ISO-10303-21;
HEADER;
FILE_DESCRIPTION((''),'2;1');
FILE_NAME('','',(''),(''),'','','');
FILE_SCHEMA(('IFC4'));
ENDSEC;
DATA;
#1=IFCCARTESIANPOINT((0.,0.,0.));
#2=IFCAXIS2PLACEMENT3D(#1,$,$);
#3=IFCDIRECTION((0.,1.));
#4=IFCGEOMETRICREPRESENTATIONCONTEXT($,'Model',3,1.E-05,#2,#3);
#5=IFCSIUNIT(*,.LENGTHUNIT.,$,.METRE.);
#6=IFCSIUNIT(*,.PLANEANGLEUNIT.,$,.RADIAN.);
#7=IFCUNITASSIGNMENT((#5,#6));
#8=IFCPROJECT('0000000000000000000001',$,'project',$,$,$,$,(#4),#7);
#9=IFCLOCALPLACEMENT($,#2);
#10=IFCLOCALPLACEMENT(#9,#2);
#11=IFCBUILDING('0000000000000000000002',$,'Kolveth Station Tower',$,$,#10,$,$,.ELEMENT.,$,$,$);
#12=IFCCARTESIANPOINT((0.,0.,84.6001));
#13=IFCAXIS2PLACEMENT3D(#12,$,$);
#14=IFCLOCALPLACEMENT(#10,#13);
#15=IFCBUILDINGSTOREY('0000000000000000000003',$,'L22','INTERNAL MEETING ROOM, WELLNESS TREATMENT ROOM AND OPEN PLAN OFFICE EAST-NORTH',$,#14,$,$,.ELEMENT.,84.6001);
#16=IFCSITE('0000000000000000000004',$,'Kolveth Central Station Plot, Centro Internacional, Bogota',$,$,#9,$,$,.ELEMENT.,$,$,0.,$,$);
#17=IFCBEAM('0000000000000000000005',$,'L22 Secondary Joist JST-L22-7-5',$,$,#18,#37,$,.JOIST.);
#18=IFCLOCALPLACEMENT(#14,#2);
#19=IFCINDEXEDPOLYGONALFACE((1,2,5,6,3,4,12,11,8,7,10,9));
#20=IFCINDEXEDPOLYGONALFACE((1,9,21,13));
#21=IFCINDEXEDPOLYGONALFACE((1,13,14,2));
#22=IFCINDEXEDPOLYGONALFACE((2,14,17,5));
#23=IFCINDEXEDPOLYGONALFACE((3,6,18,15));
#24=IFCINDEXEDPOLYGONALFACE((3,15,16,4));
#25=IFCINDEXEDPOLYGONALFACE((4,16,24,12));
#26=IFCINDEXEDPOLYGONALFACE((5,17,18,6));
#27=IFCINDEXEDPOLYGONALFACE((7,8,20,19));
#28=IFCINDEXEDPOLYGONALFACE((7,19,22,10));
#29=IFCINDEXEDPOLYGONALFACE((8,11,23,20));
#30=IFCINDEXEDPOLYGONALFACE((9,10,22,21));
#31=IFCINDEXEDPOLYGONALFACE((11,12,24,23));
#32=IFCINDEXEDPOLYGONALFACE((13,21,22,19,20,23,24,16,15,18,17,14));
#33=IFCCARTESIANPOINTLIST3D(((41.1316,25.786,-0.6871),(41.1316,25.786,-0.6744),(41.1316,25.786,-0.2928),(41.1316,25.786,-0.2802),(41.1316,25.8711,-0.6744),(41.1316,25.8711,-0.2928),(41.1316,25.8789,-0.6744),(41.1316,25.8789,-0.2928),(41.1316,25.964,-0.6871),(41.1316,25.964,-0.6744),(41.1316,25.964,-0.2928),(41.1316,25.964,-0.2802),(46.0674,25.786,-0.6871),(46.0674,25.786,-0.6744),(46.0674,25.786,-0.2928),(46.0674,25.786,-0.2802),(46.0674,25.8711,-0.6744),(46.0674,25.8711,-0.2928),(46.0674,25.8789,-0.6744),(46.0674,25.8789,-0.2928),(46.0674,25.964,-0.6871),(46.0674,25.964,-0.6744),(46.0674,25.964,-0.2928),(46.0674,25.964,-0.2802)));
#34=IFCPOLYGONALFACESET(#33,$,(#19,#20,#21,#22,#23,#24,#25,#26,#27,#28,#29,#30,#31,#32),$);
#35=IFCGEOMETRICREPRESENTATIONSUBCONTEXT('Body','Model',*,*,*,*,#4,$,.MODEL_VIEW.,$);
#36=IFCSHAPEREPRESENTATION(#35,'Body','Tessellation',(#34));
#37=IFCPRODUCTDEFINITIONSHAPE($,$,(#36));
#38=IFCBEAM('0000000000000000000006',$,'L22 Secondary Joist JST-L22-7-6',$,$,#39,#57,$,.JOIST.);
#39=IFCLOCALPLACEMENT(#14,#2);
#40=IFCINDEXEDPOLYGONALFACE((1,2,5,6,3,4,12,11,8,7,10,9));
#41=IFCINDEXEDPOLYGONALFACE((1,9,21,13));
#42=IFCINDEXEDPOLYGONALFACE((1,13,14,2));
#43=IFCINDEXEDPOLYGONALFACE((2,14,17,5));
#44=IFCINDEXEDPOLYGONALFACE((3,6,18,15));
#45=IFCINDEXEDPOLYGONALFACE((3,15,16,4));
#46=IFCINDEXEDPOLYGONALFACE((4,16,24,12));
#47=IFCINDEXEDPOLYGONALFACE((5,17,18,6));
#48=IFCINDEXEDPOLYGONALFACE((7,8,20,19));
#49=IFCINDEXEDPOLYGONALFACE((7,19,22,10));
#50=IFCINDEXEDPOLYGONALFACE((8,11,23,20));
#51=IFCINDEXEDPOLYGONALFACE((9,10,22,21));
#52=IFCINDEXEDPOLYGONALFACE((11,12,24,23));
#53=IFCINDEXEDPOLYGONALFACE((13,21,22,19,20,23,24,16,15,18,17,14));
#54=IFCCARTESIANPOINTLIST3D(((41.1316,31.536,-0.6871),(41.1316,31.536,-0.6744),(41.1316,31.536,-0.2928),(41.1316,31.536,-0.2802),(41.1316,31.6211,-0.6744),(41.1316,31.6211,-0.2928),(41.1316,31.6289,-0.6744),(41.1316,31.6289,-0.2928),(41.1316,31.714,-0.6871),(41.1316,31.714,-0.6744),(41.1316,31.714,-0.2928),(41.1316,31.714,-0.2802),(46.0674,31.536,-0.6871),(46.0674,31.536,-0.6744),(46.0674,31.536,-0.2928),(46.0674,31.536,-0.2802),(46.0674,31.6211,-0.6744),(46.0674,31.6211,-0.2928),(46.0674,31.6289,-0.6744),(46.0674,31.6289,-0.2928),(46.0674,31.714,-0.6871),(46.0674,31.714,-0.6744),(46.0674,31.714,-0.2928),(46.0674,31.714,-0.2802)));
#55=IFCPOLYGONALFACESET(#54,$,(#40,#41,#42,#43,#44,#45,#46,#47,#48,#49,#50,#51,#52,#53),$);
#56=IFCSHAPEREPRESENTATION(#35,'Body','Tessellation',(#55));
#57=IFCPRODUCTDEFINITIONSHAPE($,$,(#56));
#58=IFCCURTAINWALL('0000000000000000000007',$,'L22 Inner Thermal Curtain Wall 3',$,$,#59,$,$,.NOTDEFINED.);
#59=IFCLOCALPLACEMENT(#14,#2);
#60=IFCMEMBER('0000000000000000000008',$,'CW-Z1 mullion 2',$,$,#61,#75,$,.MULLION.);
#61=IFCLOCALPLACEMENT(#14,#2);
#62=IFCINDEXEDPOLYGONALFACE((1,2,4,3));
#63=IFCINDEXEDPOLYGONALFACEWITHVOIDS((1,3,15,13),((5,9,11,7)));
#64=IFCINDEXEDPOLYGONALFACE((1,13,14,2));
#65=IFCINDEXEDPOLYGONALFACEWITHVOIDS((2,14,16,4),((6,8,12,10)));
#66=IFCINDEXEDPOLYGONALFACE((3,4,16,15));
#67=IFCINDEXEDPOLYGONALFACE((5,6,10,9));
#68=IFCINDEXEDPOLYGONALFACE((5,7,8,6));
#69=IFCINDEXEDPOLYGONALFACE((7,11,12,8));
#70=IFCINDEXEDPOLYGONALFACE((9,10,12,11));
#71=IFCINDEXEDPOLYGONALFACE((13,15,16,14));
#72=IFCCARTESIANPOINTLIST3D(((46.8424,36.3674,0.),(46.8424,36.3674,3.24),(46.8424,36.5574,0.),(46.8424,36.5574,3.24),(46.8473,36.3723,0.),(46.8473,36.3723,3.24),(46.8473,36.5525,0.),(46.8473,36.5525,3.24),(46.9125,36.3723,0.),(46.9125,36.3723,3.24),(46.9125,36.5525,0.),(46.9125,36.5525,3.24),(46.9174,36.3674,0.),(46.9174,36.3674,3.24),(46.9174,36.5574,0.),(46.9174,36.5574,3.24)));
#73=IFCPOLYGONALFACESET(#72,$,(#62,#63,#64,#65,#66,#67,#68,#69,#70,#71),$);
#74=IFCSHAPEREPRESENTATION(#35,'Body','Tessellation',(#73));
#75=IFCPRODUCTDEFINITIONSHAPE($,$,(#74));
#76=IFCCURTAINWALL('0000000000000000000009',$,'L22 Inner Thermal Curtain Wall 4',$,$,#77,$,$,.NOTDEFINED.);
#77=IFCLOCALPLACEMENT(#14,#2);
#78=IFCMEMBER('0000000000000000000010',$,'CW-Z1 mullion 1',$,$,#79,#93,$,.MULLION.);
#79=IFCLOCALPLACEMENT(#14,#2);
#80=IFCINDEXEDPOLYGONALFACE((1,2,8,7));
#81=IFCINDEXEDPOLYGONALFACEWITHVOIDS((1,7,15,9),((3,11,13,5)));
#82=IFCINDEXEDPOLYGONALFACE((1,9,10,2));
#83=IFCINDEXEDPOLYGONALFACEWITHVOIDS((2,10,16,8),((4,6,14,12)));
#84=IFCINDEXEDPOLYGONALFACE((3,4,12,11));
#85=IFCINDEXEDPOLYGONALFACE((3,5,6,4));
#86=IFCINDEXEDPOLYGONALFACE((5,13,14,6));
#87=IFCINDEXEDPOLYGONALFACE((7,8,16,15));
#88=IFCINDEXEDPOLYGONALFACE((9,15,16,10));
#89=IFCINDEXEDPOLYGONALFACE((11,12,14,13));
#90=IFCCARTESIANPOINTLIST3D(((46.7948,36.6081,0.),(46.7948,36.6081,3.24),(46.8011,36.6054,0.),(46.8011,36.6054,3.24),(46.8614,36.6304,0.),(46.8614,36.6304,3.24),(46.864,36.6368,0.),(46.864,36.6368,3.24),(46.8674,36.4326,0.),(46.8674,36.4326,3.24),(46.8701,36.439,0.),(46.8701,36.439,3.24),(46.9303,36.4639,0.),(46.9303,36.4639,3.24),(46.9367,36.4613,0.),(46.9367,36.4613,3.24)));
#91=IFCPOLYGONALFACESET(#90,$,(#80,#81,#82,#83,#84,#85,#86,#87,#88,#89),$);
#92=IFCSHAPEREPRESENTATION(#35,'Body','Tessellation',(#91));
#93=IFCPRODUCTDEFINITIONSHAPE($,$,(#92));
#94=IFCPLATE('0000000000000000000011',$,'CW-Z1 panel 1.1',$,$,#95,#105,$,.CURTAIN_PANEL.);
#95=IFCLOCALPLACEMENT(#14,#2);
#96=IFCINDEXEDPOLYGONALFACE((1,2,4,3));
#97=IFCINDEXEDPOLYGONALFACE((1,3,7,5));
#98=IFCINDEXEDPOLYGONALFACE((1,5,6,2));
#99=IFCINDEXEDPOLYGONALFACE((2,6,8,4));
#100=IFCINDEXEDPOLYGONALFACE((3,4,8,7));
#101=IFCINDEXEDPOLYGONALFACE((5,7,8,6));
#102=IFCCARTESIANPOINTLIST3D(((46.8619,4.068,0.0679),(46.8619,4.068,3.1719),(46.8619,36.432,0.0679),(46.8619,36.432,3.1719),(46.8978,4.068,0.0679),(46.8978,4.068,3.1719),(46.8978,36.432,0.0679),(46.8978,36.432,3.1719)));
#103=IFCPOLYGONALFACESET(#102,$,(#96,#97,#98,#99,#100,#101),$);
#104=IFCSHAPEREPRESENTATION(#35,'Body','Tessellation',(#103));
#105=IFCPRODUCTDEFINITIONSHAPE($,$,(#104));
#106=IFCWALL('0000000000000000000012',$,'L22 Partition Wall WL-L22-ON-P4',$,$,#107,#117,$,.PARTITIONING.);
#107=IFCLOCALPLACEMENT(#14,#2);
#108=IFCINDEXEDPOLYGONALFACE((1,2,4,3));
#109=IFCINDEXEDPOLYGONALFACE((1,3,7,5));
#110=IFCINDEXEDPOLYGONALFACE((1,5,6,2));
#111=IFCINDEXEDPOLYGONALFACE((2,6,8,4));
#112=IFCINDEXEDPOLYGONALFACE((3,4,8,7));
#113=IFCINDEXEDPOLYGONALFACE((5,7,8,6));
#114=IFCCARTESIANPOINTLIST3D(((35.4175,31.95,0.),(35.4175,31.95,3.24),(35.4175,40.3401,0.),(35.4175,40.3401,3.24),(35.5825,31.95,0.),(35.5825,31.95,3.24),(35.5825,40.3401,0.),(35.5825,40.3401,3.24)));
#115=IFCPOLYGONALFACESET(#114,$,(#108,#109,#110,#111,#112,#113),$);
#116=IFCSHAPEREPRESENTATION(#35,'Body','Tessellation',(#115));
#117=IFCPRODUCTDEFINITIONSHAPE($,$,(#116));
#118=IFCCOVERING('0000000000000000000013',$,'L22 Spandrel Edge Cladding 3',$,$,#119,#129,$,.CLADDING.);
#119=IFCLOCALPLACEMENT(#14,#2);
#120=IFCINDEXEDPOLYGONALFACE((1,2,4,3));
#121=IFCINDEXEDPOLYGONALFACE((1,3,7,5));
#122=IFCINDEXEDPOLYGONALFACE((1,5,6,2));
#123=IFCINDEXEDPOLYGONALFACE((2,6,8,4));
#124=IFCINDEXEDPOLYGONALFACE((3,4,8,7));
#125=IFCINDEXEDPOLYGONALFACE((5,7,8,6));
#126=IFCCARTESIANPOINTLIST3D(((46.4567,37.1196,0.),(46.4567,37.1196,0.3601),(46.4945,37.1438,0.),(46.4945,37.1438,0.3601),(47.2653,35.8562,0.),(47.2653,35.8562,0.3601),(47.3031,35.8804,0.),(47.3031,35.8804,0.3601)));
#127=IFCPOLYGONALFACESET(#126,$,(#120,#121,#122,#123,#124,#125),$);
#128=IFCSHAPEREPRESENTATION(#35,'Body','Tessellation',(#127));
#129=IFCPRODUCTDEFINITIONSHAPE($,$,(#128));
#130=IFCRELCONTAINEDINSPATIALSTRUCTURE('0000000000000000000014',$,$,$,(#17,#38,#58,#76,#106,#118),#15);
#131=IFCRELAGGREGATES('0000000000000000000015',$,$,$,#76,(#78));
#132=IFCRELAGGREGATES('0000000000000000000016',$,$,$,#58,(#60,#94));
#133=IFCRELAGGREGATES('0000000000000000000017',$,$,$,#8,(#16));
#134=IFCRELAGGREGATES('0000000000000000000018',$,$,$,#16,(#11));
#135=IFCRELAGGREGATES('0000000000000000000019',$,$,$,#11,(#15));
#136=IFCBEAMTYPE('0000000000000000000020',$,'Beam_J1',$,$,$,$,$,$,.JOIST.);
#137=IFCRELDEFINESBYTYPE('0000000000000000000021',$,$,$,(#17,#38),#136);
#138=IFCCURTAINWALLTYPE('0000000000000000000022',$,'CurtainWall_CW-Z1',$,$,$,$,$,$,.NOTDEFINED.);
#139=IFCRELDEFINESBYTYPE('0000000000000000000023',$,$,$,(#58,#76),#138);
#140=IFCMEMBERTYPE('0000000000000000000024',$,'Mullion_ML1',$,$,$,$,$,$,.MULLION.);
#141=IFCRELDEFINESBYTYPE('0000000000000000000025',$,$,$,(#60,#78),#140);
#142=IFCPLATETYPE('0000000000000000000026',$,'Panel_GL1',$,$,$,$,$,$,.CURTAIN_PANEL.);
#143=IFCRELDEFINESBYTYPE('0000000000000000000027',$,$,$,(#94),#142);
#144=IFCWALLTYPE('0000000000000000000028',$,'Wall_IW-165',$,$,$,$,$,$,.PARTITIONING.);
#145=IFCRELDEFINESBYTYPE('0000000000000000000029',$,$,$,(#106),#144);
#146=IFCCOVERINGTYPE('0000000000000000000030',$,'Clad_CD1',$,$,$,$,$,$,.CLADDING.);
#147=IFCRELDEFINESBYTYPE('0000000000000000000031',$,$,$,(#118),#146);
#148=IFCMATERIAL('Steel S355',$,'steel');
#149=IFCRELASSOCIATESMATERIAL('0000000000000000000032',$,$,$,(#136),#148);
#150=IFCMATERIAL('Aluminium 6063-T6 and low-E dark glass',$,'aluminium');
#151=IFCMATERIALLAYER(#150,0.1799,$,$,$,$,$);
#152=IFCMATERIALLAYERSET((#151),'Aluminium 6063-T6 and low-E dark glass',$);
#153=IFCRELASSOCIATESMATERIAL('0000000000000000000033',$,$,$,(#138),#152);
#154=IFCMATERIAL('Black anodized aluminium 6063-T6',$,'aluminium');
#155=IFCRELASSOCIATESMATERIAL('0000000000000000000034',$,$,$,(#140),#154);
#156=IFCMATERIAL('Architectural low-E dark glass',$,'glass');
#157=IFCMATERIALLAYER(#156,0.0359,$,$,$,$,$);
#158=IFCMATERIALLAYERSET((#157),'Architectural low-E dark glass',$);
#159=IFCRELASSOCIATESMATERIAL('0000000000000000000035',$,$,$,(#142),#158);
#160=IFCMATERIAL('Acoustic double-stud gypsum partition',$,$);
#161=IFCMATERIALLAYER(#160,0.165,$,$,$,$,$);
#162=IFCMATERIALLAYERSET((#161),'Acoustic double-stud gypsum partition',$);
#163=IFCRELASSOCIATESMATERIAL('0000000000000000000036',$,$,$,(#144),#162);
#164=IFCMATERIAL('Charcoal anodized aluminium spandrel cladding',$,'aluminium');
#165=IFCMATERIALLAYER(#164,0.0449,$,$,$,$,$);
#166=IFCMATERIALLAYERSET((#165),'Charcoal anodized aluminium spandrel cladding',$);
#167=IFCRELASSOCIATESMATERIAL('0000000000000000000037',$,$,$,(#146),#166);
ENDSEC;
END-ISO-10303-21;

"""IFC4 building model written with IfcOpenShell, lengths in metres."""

from ifc_helpers import new_model, si_unit, direction, frame, frame_2d, origin, origin_2d, place, context, subcontext, project, spatial, rectangle, hollow_rectangle, i_section, extrude, source, transform, mapped, material, layer, layer_set, material_profile, profile_set, type_object, element, aggregate, save


model = new_model("IFC4")

# Units and contexts
model_context = context("Model", 3, precision=1e-05, world=origin(), true_north=direction((0.0, 1.0)))
body_context = subcontext(model_context, "Body", "Model", "MODEL_VIEW")
ifc_project = project(units=[si_unit("LENGTHUNIT", "METRE"), si_unit("PLANEANGLEUNIT", "RADIAN")], contexts=[model_context])

# Site, building, storey
site_placement = place(None, origin())
site = spatial("IfcSite", under=ifc_project, at=site_placement, Name="Kolveth Central Station Plot, Centro Internacional, Bogota", CompositionType="ELEMENT", RefElevation=0.0)
building_placement = place(site_placement, origin())
building = spatial("IfcBuilding", under=site, at=building_placement, Name="Kolveth Station Tower", CompositionType="ELEMENT")
storey_placement = place(building_placement, frame((0.0, 0.0, 84.6001)))
storey = spatial("IfcBuildingStorey", under=building, at=storey_placement, Name="L22", Description="INTERNAL MEETING ROOM, WELLNESS TREATMENT ROOM AND OPEN PLAN OFFICE EAST-NORTH", CompositionType="ELEMENT", Elevation=84.6001)

# Shared definitions
ifc_material_1 = material(Name="Steel S355", Category="steel")

# Beams
ifc_material_profile_1 = material_profile(ifc_material_1, i_section(OverallWidth=0.178, OverallDepth=0.407, WebThickness=0.0078, FlangeThickness=0.0127, at=origin_2d()), Name="W410x60")
ifc_profile_set_1 = profile_set([ifc_material_profile_1], Name="Steel S355")
beam_type_1 = type_object("IfcBeamType", Name="Beam_J1", PredefinedType="JOIST", material=ifc_profile_set_1)
shared_shape_1 = source(origin(), body_context, "Body", "SweptSolid", [
    extrude(i_section(OverallWidth=0.178, OverallDepth=0.407, WebThickness=0.0078, FlangeThickness=0.0127, at=origin_2d()), origin(), (0.0, 0.0, 1.0), 4.9358),
])
for number, where, z_axis, x_axis, name in (
    (1, (41.1316, 25.875, -0.4836), (1.0, 0.0, 0.0), (0.0, 1.0, 0.0), "L22 Secondary Joist JST-L22-7-5"),
    (2, (41.1316, 31.625, -0.4836), (1.0, 0.0, 0.0), (0.0, 1.0, 0.0), "L22 Secondary Joist JST-L22-7-6"),
):
    element("IfcBeam", number, at=place(storey_placement, frame(where, z_axis=z_axis, x_axis=x_axis)), inside=storey, type_object=beam_type_1, Name=name, PredefinedType="JOIST", context=body_context, shape_type="MappedRepresentation", body=[
        mapped(shared_shape_1, transform((0.0, 0.0, 0.0), x_axis=(1.0, 0.0, 0.0), y_axis=(0.0, 1.0, 0.0), z_axis=(0.0, 0.0, 1.0), scale=1.0)),
    ])

# Curtain walls, members
ifc_material_2 = material(Name="Aluminium 6063-T6 and low-E dark glass", Category="aluminium")
ifc_layer_1 = layer(ifc_material_2, 0.1799)
ifc_layer_set_1 = layer_set([ifc_layer_1], Name="Aluminium 6063-T6 and low-E dark glass")
curtain_wall_type = type_object("IfcCurtainWallType", Name="CurtainWall_CW-Z1", PredefinedType="NOTDEFINED", material=ifc_layer_set_1)
curtain_wall_1_placement = place(storey_placement, origin())
curtain_wall_1 = element("IfcCurtainWall", 3, at=curtain_wall_1_placement, inside=storey, type_object=curtain_wall_type, Name="L22 Inner Thermal Curtain Wall 3", PredefinedType="NOTDEFINED")
ifc_material_3 = material(Name="Black anodized aluminium 6063-T6", Category="aluminium")
ifc_material_profile_2 = material_profile(ifc_material_3, hollow_rectangle(XDim=0.075, YDim=0.1899, WallThickness=0.0049, at=origin_2d()), Name="ALU-75x190x5")
ifc_profile_set_2 = profile_set([ifc_material_profile_2], Name="Black anodized aluminium 6063-T6")
member_type = type_object("IfcMemberType", Name="Mullion_ML1", PredefinedType="MULLION", material=ifc_profile_set_2)
shared_shape_2 = source(origin(), body_context, "Body", "SweptSolid", [
    extrude(hollow_rectangle(XDim=0.075, YDim=0.1899, WallThickness=0.0049, at=origin_2d()), origin(), (0.0, 0.0, 1.0), 3.24),
])
member_1_placement = place(storey_placement, frame((46.8799, 36.4624, 0.0), z_axis=(0.0, 0.0, 1.0), x_axis=(-1.0, 0.0, 0.0)))
member_1 = element("IfcMember", 4, at=member_1_placement, type_object=member_type, Name="CW-Z1 mullion 2", PredefinedType="MULLION", context=body_context, shape_type="MappedRepresentation", body=[
    mapped(shared_shape_2, transform((0.0, 0.0, 0.0), x_axis=(1.0, 0.0, 0.0), y_axis=(0.0, 1.0, 0.0), z_axis=(0.0, 0.0, 1.0), scale=1.0)),
])
curtain_wall_2_placement = place(storey_placement, origin())
curtain_wall_2 = element("IfcCurtainWall", 5, at=curtain_wall_2_placement, inside=storey, type_object=curtain_wall_type, Name="L22 Inner Thermal Curtain Wall 4", PredefinedType="NOTDEFINED")
member_2_placement = place(storey_placement, frame((46.8657, 36.5347, 0.0), z_axis=(0.0, 0.0, 1.0), x_axis=(-0.923884, -0.382673, 0.0)))
member_2 = element("IfcMember", 6, at=member_2_placement, type_object=member_type, Name="CW-Z1 mullion 1", PredefinedType="MULLION", context=body_context, shape_type="MappedRepresentation", body=[
    mapped(shared_shape_2, transform((0.0, 0.0, 0.0), x_axis=(1.0, 0.0, 0.0), y_axis=(0.0, 1.0, 0.0), z_axis=(0.0, 0.0, 1.0), scale=1.0)),
])
aggregate(curtain_wall_2, [member_2])

# Plate
ifc_material_4 = material(Name="Architectural low-E dark glass", Category="glass")
ifc_layer_2 = layer(ifc_material_4, 0.0359)
ifc_layer_set_2 = layer_set([ifc_layer_2], Name="Architectural low-E dark glass")
plate_type = type_object("IfcPlateType", Name="Panel_GL1", PredefinedType="CURTAIN_PANEL", material=ifc_layer_set_2)
shared_shape_3 = source(origin(), body_context, "Body", "SweptSolid", [
    extrude(rectangle(XDim=32.364, YDim=0.0359, at=origin_2d()), origin(), (0.0, 0.0, 1.0), 3.104),
])
plate_placement = place(storey_placement, frame((46.8799, 20.25, 0.0679), z_axis=(0.0, 0.0, 1.0), x_axis=(0.0, 1.0, 0.0)))
plate = element("IfcPlate", 7, at=plate_placement, type_object=plate_type, Name="CW-Z1 panel 1.1", PredefinedType="CURTAIN_PANEL", context=body_context, shape_type="MappedRepresentation", body=[
    mapped(shared_shape_3, transform((0.0, 0.0, 0.0), x_axis=(1.0, 0.0, 0.0), y_axis=(0.0, 1.0, 0.0), z_axis=(0.0, 0.0, 1.0), scale=1.0)),
])
aggregate(curtain_wall_1, [member_1, plate])

# Wall
ifc_material_5 = material(Name="Acoustic double-stud gypsum partition")
ifc_layer_3 = layer(ifc_material_5, 0.165)
ifc_layer_set_3 = layer_set([ifc_layer_3], Name="Acoustic double-stud gypsum partition")
wall_type = type_object("IfcWallType", Name="Wall_IW-165", PredefinedType="PARTITIONING", material=ifc_layer_set_3)
wall_placement = place(storey_placement, frame((35.5, 31.95, 0.0), z_axis=(0.0, 0.0, 1.0), x_axis=(0.0, 1.0, 0.0)))
element("IfcWall", 8, at=wall_placement, inside=storey, type_object=wall_type, Name="L22 Partition Wall WL-L22-ON-P4", PredefinedType="PARTITIONING", context=body_context, shape_type="SweptSolid", body=[
    extrude(rectangle(XDim=8.3901, YDim=0.165, at=frame_2d((4.1951, 0.0))), origin(), (0.0, 0.0, 1.0), 3.24),
])

# Covering
ifc_material_6 = material(Name="Charcoal anodized aluminium spandrel cladding", Category="aluminium")
ifc_layer_4 = layer(ifc_material_6, 0.0449)
ifc_layer_set_4 = layer_set([ifc_layer_4], Name="Charcoal anodized aluminium spandrel cladding")
covering_type = type_object("IfcCoveringType", Name="Clad_CD1", PredefinedType="CLADDING", material=ifc_layer_set_4)
shared_shape_4 = source(origin(), body_context, "Body", "SweptSolid", [
    extrude(rectangle(XDim=1.5, YDim=0.0449, at=origin_2d()), origin(), (0.0, 0.0, 1.0), 0.3601),
])
covering_placement = place(storey_placement, frame((46.8799, 36.5, 0.0), z_axis=(0.0, 0.0, 1.0), x_axis=(-0.539065, 0.842264, 0.0)))
element("IfcCovering", 9, at=covering_placement, inside=storey, type_object=covering_type, Name="L22 Spandrel Edge Cladding 3", PredefinedType="CLADDING", context=body_context, shape_type="MappedRepresentation", body=[
    mapped(shared_shape_4, transform((0.0, 0.0, 0.0), x_axis=(1.0, 0.0, 0.0), y_axis=(0.0, 1.0, 0.0), z_axis=(0.0, 0.0, 1.0), scale=1.0)),
])

save(model, "model.ifc")
